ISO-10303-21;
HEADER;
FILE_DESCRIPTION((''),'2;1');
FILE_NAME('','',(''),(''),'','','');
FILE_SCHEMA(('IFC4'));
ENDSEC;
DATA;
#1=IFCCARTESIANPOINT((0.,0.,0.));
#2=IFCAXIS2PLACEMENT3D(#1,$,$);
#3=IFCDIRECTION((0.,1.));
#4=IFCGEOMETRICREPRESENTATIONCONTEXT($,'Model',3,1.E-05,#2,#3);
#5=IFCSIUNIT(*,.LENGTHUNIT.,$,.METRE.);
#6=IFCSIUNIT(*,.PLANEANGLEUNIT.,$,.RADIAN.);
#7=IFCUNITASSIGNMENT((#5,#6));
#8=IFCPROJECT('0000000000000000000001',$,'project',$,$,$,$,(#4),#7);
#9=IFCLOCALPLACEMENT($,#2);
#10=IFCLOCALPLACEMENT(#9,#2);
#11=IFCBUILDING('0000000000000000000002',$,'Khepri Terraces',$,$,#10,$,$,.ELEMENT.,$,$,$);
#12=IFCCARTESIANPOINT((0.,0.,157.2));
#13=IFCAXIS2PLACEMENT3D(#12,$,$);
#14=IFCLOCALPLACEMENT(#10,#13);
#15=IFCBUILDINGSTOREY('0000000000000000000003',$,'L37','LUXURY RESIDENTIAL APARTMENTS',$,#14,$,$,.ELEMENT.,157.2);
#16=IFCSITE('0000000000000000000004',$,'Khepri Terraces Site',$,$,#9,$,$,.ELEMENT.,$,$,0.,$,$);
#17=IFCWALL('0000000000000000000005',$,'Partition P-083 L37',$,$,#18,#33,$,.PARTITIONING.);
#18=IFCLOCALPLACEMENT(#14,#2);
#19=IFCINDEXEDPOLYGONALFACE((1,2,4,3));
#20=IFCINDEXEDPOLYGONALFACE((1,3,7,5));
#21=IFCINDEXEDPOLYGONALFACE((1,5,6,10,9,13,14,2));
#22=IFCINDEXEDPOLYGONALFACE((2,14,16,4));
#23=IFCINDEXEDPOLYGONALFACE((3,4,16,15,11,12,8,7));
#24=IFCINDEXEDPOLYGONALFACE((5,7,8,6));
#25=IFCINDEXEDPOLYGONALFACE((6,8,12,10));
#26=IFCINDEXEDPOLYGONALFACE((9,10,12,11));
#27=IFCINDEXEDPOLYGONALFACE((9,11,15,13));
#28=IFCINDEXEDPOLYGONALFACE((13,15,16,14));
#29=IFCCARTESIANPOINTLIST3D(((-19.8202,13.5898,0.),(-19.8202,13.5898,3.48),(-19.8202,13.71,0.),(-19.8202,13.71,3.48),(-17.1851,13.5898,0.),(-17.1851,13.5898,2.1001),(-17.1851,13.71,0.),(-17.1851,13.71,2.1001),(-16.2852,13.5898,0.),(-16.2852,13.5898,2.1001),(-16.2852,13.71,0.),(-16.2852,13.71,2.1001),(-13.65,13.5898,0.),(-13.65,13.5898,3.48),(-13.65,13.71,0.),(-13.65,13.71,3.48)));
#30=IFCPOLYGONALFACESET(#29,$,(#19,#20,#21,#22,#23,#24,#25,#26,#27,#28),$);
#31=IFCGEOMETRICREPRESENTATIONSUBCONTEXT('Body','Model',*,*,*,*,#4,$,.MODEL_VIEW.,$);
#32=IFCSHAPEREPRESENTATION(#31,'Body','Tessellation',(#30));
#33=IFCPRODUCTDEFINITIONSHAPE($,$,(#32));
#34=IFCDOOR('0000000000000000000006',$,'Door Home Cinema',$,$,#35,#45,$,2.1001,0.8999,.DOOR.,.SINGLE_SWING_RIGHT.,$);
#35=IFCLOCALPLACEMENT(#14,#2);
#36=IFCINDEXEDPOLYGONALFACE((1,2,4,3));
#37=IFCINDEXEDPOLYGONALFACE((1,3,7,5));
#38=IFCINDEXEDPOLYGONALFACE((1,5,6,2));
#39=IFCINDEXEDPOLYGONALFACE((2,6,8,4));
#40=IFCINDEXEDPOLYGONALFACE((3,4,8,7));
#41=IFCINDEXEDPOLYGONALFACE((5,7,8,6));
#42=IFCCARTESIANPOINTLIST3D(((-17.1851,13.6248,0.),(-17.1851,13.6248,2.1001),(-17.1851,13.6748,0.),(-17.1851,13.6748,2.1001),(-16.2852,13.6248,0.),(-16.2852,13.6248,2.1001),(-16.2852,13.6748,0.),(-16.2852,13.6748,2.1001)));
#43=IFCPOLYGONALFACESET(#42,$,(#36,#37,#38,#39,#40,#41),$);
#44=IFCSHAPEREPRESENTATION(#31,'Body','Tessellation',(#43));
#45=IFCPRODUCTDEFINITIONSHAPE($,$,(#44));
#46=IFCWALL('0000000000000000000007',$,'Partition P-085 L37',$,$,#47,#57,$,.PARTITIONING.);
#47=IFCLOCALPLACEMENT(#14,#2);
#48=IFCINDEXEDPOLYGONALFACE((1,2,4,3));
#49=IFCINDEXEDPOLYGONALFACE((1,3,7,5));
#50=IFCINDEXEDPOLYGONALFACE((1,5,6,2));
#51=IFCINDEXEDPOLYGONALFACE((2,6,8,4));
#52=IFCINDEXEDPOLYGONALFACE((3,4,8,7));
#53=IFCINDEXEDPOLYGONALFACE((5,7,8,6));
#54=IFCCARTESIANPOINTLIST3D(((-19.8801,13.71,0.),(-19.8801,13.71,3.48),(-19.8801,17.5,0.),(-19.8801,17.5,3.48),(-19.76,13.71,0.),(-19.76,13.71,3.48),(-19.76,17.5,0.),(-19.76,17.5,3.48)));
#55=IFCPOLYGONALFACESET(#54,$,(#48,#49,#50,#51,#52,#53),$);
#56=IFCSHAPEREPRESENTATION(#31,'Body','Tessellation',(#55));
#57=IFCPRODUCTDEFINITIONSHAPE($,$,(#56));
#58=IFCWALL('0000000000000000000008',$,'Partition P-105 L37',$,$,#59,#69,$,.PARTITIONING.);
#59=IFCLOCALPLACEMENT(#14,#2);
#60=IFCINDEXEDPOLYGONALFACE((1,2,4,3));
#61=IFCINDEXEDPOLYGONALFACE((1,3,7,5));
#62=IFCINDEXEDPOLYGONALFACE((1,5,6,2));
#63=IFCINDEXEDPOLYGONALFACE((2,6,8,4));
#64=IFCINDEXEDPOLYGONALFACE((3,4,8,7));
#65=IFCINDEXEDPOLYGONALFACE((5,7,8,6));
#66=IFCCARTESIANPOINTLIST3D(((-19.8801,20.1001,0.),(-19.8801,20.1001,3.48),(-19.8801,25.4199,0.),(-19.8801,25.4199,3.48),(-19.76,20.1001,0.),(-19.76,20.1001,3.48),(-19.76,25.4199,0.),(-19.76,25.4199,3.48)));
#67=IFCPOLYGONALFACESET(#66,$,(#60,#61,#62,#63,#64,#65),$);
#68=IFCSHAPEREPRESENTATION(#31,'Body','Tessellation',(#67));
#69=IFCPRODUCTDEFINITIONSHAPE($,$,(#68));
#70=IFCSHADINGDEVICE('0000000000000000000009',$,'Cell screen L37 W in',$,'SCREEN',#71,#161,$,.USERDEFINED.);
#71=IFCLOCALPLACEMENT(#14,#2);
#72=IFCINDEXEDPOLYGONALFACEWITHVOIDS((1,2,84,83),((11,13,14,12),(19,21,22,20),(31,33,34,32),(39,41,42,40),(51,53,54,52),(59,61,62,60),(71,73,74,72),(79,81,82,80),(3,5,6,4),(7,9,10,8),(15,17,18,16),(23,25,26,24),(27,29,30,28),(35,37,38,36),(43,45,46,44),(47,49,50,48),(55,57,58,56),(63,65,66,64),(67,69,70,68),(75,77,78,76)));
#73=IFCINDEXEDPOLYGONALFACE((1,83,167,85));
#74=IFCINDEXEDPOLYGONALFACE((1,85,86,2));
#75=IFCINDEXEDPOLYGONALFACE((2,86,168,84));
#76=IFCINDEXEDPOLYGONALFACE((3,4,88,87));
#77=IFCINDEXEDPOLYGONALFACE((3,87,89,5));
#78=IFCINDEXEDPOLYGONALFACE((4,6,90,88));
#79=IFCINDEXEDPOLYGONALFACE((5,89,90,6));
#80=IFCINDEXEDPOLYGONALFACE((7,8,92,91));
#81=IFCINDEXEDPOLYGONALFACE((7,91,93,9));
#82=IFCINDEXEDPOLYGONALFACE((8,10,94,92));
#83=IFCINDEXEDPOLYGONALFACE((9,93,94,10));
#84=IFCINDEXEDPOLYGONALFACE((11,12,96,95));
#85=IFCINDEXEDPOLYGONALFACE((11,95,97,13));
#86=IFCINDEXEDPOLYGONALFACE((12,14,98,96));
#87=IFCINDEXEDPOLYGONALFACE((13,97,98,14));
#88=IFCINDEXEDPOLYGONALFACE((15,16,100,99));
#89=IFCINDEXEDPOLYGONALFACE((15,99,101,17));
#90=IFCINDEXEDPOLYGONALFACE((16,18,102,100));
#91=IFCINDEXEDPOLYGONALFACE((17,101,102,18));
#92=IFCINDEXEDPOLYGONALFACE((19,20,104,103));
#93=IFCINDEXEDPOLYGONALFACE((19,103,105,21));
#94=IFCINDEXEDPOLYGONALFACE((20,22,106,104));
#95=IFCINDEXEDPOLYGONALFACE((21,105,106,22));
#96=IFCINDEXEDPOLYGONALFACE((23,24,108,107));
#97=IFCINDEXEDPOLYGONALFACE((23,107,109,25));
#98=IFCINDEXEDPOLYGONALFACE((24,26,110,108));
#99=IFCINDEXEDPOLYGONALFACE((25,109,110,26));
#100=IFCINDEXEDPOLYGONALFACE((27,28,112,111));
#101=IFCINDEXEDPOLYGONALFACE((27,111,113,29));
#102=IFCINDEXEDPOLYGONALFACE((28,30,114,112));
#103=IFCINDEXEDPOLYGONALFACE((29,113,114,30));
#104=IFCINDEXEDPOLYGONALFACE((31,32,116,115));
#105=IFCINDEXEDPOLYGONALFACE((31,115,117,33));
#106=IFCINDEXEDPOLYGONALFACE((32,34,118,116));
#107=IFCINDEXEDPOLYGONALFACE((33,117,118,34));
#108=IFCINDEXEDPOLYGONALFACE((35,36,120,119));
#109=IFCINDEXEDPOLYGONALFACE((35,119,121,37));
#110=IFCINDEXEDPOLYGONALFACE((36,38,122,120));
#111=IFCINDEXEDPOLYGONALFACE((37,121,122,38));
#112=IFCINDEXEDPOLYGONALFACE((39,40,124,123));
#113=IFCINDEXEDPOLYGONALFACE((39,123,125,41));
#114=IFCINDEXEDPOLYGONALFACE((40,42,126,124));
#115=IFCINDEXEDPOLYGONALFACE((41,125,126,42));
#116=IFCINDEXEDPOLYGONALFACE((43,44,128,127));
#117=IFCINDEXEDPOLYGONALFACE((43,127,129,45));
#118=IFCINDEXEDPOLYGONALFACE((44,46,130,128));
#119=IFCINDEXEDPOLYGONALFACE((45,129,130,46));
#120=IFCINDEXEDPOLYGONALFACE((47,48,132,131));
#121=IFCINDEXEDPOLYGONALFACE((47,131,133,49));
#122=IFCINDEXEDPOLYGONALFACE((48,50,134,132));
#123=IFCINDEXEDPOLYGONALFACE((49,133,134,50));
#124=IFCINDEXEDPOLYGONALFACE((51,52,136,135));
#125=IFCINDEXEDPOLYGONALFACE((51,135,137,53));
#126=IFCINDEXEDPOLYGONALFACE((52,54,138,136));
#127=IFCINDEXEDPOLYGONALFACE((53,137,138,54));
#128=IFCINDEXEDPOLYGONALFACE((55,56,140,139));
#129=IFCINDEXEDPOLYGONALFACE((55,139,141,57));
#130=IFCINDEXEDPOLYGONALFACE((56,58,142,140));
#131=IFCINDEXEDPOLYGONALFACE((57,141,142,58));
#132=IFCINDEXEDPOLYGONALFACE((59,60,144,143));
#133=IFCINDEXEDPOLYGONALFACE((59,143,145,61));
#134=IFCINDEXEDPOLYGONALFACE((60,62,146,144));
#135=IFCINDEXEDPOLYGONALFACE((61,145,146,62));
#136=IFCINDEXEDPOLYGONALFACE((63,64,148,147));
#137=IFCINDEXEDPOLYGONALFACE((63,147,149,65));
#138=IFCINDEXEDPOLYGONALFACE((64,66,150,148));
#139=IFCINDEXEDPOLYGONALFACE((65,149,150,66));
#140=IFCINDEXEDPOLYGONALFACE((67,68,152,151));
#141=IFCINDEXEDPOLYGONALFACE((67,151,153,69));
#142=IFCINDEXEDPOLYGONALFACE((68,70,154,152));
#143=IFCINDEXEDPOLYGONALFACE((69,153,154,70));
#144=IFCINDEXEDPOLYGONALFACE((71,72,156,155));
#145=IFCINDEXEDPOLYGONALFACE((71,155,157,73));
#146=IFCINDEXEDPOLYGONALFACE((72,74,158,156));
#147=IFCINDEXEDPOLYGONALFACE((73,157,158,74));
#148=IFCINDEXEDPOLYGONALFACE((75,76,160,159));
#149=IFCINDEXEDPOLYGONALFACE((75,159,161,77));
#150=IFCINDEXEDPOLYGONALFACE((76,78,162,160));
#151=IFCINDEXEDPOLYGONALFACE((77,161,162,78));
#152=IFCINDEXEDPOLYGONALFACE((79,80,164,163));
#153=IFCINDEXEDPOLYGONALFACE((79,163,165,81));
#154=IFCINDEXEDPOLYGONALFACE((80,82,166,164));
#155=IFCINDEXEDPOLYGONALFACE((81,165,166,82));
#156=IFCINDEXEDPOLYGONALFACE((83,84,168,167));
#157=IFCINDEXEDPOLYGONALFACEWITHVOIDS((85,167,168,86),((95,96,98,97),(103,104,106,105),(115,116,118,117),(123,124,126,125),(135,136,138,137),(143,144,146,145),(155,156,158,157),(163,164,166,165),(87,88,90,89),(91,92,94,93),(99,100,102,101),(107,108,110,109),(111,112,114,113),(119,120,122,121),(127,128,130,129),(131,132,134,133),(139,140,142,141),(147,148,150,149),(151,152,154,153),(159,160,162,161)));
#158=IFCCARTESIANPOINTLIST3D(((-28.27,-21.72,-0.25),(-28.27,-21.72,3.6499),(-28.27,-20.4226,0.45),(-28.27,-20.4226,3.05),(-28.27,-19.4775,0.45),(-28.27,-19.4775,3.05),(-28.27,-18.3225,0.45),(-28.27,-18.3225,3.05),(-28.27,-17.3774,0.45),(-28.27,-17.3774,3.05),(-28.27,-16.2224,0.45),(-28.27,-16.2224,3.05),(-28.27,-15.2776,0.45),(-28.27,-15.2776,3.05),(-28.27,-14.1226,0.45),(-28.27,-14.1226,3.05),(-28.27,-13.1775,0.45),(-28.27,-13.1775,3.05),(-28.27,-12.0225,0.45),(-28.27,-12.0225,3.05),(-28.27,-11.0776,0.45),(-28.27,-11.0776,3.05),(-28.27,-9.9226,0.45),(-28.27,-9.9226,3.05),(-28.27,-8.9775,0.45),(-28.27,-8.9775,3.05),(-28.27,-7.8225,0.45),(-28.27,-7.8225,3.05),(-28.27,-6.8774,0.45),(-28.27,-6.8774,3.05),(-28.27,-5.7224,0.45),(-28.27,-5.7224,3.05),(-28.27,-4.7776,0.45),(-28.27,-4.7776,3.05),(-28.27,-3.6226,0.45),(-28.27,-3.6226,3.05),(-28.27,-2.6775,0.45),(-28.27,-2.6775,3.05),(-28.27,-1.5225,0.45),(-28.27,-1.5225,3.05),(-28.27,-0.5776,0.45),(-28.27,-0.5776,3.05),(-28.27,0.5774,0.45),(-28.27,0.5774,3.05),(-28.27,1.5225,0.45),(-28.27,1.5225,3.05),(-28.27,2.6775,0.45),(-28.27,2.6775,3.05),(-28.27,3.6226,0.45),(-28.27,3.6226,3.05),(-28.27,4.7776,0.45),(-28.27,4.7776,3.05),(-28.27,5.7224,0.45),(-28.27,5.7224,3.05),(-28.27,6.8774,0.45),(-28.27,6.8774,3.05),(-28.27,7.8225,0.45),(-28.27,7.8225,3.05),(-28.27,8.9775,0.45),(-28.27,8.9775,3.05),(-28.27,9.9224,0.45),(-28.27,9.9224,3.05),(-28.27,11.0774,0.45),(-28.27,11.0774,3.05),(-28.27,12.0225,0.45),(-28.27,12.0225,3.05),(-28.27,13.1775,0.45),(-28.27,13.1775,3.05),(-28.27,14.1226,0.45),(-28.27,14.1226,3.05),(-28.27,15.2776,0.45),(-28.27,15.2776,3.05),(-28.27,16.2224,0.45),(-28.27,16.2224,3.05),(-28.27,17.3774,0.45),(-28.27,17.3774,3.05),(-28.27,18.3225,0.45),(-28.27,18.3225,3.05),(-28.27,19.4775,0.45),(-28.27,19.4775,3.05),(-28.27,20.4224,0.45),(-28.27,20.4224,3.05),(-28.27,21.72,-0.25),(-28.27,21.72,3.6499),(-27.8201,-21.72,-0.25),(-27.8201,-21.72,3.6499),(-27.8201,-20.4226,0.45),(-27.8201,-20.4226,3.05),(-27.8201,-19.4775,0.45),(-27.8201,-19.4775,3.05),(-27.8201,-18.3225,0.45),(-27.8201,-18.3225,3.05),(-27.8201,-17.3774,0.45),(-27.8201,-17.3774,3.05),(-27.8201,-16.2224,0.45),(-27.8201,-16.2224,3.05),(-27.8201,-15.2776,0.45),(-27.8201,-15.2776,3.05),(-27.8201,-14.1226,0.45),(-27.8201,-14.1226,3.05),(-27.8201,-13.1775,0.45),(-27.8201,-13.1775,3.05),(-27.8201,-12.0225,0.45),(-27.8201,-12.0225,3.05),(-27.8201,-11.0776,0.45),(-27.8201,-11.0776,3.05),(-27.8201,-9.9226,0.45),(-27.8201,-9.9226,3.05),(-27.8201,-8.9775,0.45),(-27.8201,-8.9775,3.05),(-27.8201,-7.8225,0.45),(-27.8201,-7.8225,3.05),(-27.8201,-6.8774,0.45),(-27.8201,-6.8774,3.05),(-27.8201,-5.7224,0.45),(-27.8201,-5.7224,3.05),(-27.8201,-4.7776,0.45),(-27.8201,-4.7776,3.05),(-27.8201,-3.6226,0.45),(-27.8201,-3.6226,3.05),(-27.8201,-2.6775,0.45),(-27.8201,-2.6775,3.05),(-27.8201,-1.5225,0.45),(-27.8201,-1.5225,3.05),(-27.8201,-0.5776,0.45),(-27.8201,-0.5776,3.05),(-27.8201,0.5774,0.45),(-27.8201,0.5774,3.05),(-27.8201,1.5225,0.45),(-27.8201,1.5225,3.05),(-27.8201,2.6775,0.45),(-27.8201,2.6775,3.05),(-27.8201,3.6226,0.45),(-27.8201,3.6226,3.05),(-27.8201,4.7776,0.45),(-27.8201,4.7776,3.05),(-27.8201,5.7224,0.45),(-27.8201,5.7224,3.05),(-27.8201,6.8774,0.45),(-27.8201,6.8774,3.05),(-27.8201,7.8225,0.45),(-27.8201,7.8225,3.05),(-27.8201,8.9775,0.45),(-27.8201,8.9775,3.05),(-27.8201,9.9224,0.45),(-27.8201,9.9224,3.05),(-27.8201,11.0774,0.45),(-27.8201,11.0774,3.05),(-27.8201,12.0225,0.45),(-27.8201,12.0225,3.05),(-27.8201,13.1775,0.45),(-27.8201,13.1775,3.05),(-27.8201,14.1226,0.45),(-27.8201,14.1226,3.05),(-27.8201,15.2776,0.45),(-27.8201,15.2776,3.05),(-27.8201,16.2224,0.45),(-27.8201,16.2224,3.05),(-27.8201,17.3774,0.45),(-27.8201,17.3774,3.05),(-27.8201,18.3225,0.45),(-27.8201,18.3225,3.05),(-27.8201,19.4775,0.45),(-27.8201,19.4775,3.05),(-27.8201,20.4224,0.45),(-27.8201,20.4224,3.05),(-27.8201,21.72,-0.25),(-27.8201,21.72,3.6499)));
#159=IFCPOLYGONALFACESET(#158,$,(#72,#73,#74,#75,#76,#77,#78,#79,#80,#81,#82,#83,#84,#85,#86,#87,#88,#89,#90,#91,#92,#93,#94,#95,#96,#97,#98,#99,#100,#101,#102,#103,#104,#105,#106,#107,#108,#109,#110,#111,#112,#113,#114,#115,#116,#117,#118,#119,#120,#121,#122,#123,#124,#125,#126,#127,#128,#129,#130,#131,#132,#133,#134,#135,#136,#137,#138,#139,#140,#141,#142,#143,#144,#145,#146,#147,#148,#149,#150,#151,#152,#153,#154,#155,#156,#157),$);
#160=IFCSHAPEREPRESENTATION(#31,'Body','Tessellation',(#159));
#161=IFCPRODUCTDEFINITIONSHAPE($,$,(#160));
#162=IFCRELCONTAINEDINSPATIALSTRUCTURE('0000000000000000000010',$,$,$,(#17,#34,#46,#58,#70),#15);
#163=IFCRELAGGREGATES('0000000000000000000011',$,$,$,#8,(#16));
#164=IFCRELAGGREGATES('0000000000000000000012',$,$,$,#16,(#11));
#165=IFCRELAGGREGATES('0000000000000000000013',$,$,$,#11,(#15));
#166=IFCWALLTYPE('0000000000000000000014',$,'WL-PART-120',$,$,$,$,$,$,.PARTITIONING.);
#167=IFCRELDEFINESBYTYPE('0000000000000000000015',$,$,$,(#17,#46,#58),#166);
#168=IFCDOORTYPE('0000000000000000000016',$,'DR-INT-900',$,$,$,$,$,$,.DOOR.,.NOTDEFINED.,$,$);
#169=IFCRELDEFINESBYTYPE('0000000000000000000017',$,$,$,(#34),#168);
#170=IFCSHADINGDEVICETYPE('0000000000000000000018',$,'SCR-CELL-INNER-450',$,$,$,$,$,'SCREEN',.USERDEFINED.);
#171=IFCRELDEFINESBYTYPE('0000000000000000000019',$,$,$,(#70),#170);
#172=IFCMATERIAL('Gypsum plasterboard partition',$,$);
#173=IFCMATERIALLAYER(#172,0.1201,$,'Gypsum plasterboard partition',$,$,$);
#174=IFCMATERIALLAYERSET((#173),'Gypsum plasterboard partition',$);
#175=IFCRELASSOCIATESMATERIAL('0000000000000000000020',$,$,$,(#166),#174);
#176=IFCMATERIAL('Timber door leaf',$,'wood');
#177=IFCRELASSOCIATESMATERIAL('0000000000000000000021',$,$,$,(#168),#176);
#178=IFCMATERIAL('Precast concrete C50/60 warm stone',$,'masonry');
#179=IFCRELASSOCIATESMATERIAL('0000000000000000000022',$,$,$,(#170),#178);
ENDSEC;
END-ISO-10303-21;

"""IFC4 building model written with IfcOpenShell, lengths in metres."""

from ifc_helpers import new_model, si_unit, direction, frame, frame_2d, origin, place, context, subcontext, project, spatial, polyline, rectangle, outline, extrude, material, layer, layer_set, type_object, element, fill, save


model = new_model("IFC4")

# Units and contexts
model_context = context("Model", 3, precision=1e-05, world=origin(), true_north=direction((0.0, 1.0)))
body_context = subcontext(model_context, "Body", "Model", "MODEL_VIEW")
ifc_project = project(units=[si_unit("LENGTHUNIT", "METRE"), si_unit("PLANEANGLEUNIT", "RADIAN")], contexts=[model_context])

# Site, building, storey
site_placement = place(None, origin())
site = spatial("IfcSite", under=ifc_project, at=site_placement, Name="Khepri Terraces Site", CompositionType="ELEMENT", RefElevation=0.0)
building_placement = place(site_placement, origin())
building = spatial("IfcBuilding", under=site, at=building_placement, Name="Khepri Terraces", CompositionType="ELEMENT")
storey_placement = place(building_placement, frame((0.0, 0.0, 157.2)))
storey = spatial("IfcBuildingStorey", under=building, at=storey_placement, Name="L37", Description="LUXURY RESIDENTIAL APARTMENTS", CompositionType="ELEMENT", Elevation=157.2)

# Shared definitions
ifc_material_1 = material(Name="Precast concrete C50/60 warm stone", Category="masonry")

# Shared definitions
ifc_material_2 = material(Name="Gypsum plasterboard partition")
ifc_layer_1 = layer(ifc_material_2, 0.1201, Name="Gypsum plasterboard partition")
ifc_layer_set_1 = layer_set([ifc_layer_1], Name="Gypsum plasterboard partition")
wall_type_1 = type_object("IfcWallType", Name="WL-PART-120", PredefinedType="PARTITIONING", material=ifc_layer_set_1)

# Wall, opening, door
wall_1_placement = place(storey_placement, frame((-19.8201, 13.6499, 0.0), z_axis=(0.0, 0.0, 1.0), x_axis=(1.0, 0.0, 0.0)))
wall_1 = element("IfcWall", 1, at=wall_1_placement, inside=storey, type_object=wall_type_1, Name="Partition P-083 L37", PredefinedType="PARTITIONING", context=body_context, shape_type="SweptSolid", body=[
    extrude(rectangle(XDim=6.1702, YDim=0.1201, at=frame_2d((3.085, 0.0))), origin(), (0.0, 0.0, 1.0), 3.48),
])
opening_1_placement = place(wall_1_placement, frame((2.635, 0.0, 0.0)))
opening_1 = element("IfcOpeningElement", 2, at=opening_1_placement, cuts=wall_1, PredefinedType="OPENING", context=body_context, shape_type="SweptSolid", body=[
    extrude(rectangle(XDim=0.8999, YDim=2.1001, at=frame_2d((0.45, 1.05))), frame((0.0, 0.0701, 0.0), z_axis=(0.0, -1.0, 0.0), x_axis=(1.0, 0.0, 0.0)), (0.0, 0.0, 1.0), 0.1401),
])
ifc_material_3 = material(Name="Timber door leaf", Category="wood")
door_type_1 = type_object("IfcDoorType", Name="DR-INT-900", OperationType="NOTDEFINED", PredefinedType="DOOR", material=ifc_material_3)
door_1_placement = place(opening_1_placement, origin())
door_1 = element("IfcDoor", 3, at=door_1_placement, inside=storey, type_object=door_type_1, Name="Door Home Cinema", OperationType="SINGLE_SWING_RIGHT", OverallHeight=2.1001, OverallWidth=0.8999, PredefinedType="DOOR", context=body_context, shape_type="SweptSolid", body=[
    extrude(rectangle(XDim=0.8999, YDim=2.1001, at=frame_2d((0.45, 1.05))), frame((0.0, 0.0249, 0.0), z_axis=(0.0, -1.0, 0.0), x_axis=(1.0, 0.0, 0.0)), (0.0, 0.0, 1.0), 0.05),
])
fill(opening_1, door_1)

# Walls
wall_2_placement = place(storey_placement, frame((-19.8201, 13.71, 0.0), z_axis=(0.0, 0.0, 1.0), x_axis=(0.0, 1.0, 0.0)))
element("IfcWall", 4, at=wall_2_placement, inside=storey, type_object=wall_type_1, Name="Partition P-085 L37", PredefinedType="PARTITIONING", context=body_context, shape_type="SweptSolid", body=[
    extrude(rectangle(XDim=3.79, YDim=0.1201, at=frame_2d((1.895, 0.0))), origin(), (0.0, 0.0, 1.0), 3.48),
])
wall_3_placement = place(storey_placement, frame((-19.8201, 20.1001, 0.0), z_axis=(0.0, 0.0, 1.0), x_axis=(0.0, 1.0, 0.0)))
element("IfcWall", 5, at=wall_3_placement, inside=storey, type_object=wall_type_1, Name="Partition P-105 L37", PredefinedType="PARTITIONING", context=body_context, shape_type="SweptSolid", body=[
    extrude(rectangle(XDim=5.3198, YDim=0.1201, at=frame_2d((2.6599, 0.0))), origin(), (0.0, 0.0, 1.0), 3.48),
])

# Shading device
shading_device_type_1 = type_object("IfcShadingDeviceType", Name="SCR-CELL-INNER-450", ElementType="SCREEN", PredefinedType="USERDEFINED", material=ifc_material_1)
shading_device_1_placement = place(storey_placement, frame((-27.8201, 21.72, -0.25), z_axis=(-1.0, 0.0, 0.0), x_axis=(0.0, -1.0, 0.0)))
element("IfcShadingDevice", 6, at=shading_device_1_placement, inside=storey, type_object=shading_device_type_1, Name="Cell screen L37 W in", ObjectType="SCREEN", PredefinedType="USERDEFINED", context=body_context, shape_type="SweptSolid", body=[
    extrude(outline(polyline([(0.0, 0.0), (43.4399, 0.0), (43.4399, 3.8999), (0.0, 3.8999), (0.0, 0.0)]), holes=[polyline([(1.2976, 0.7), (2.2424, 0.7), (2.2424, 3.3), (1.2976, 3.3), (1.2976, 0.7)]), polyline([(3.3975, 0.7), (4.3425, 0.7), (4.3425, 3.3), (3.3975, 3.3), (3.3975, 0.7)]), polyline([(5.4976, 0.7), (6.4424, 0.7), (6.4424, 3.3), (5.4976, 3.3), (5.4976, 0.7)]), polyline([(7.5974, 0.7), (8.5425, 0.7), (8.5425, 3.3), (7.5974, 3.3), (7.5974, 0.7)]), polyline([(9.6975, 0.7), (10.6426, 0.7), (10.6426, 3.3), (9.6975, 3.3), (9.6975, 0.7)]), polyline([(11.7976, 0.7), (12.7424, 0.7), (12.7424, 3.3), (11.7976, 3.3), (11.7976, 0.7)]), polyline([(13.8975, 0.7), (14.8425, 0.7), (14.8425, 3.3), (13.8975, 3.3), (13.8975, 0.7)]), polyline([(15.9976, 0.7), (16.9424, 0.7), (16.9424, 3.3), (15.9976, 3.3), (15.9976, 0.7)]), polyline([(18.0974, 0.7), (19.0425, 0.7), (19.0425, 3.3), (18.0974, 3.3), (18.0974, 0.7)]), polyline([(20.1975, 0.7), (21.1426, 0.7), (21.1426, 3.3), (20.1975, 3.3), (20.1975, 0.7)]), polyline([(22.2976, 0.7), (23.2424, 0.7), (23.2424, 3.3), (22.2976, 3.3), (22.2976, 0.7)]), polyline([(24.3975, 0.7), (25.3425, 0.7), (25.3425, 3.3), (24.3975, 3.3), (24.3975, 0.7)]), polyline([(26.4976, 0.7), (27.4424, 0.7), (27.4424, 3.3), (26.4976, 3.3), (26.4976, 0.7)]), polyline([(28.5974, 0.7), (29.5425, 0.7), (29.5425, 3.3), (28.5974, 3.3), (28.5974, 0.7)]), polyline([(30.6975, 0.7), (31.6426, 0.7), (31.6426, 3.3), (30.6975, 3.3), (30.6975, 0.7)]), polyline([(32.7976, 0.7), (33.7424, 0.7), (33.7424, 3.3), (32.7976, 3.3), (32.7976, 0.7)]), polyline([(34.8975, 0.7), (35.8425, 0.7), (35.8425, 3.3), (34.8975, 3.3), (34.8975, 0.7)]), polyline([(36.9976, 0.7), (37.9424, 0.7), (37.9424, 3.3), (36.9976, 3.3), (36.9976, 0.7)]), polyline([(39.0974, 0.7), (40.0425, 0.7), (40.0425, 3.3), (39.0974, 3.3), (39.0974, 0.7)]), polyline([(41.1975, 0.7), (42.1426, 0.7), (42.1426, 3.3), (41.1975, 3.3), (41.1975, 0.7)])]), origin(), (0.0, 0.0, 1.0), 0.45),
])

save(model, "model.ifc")
